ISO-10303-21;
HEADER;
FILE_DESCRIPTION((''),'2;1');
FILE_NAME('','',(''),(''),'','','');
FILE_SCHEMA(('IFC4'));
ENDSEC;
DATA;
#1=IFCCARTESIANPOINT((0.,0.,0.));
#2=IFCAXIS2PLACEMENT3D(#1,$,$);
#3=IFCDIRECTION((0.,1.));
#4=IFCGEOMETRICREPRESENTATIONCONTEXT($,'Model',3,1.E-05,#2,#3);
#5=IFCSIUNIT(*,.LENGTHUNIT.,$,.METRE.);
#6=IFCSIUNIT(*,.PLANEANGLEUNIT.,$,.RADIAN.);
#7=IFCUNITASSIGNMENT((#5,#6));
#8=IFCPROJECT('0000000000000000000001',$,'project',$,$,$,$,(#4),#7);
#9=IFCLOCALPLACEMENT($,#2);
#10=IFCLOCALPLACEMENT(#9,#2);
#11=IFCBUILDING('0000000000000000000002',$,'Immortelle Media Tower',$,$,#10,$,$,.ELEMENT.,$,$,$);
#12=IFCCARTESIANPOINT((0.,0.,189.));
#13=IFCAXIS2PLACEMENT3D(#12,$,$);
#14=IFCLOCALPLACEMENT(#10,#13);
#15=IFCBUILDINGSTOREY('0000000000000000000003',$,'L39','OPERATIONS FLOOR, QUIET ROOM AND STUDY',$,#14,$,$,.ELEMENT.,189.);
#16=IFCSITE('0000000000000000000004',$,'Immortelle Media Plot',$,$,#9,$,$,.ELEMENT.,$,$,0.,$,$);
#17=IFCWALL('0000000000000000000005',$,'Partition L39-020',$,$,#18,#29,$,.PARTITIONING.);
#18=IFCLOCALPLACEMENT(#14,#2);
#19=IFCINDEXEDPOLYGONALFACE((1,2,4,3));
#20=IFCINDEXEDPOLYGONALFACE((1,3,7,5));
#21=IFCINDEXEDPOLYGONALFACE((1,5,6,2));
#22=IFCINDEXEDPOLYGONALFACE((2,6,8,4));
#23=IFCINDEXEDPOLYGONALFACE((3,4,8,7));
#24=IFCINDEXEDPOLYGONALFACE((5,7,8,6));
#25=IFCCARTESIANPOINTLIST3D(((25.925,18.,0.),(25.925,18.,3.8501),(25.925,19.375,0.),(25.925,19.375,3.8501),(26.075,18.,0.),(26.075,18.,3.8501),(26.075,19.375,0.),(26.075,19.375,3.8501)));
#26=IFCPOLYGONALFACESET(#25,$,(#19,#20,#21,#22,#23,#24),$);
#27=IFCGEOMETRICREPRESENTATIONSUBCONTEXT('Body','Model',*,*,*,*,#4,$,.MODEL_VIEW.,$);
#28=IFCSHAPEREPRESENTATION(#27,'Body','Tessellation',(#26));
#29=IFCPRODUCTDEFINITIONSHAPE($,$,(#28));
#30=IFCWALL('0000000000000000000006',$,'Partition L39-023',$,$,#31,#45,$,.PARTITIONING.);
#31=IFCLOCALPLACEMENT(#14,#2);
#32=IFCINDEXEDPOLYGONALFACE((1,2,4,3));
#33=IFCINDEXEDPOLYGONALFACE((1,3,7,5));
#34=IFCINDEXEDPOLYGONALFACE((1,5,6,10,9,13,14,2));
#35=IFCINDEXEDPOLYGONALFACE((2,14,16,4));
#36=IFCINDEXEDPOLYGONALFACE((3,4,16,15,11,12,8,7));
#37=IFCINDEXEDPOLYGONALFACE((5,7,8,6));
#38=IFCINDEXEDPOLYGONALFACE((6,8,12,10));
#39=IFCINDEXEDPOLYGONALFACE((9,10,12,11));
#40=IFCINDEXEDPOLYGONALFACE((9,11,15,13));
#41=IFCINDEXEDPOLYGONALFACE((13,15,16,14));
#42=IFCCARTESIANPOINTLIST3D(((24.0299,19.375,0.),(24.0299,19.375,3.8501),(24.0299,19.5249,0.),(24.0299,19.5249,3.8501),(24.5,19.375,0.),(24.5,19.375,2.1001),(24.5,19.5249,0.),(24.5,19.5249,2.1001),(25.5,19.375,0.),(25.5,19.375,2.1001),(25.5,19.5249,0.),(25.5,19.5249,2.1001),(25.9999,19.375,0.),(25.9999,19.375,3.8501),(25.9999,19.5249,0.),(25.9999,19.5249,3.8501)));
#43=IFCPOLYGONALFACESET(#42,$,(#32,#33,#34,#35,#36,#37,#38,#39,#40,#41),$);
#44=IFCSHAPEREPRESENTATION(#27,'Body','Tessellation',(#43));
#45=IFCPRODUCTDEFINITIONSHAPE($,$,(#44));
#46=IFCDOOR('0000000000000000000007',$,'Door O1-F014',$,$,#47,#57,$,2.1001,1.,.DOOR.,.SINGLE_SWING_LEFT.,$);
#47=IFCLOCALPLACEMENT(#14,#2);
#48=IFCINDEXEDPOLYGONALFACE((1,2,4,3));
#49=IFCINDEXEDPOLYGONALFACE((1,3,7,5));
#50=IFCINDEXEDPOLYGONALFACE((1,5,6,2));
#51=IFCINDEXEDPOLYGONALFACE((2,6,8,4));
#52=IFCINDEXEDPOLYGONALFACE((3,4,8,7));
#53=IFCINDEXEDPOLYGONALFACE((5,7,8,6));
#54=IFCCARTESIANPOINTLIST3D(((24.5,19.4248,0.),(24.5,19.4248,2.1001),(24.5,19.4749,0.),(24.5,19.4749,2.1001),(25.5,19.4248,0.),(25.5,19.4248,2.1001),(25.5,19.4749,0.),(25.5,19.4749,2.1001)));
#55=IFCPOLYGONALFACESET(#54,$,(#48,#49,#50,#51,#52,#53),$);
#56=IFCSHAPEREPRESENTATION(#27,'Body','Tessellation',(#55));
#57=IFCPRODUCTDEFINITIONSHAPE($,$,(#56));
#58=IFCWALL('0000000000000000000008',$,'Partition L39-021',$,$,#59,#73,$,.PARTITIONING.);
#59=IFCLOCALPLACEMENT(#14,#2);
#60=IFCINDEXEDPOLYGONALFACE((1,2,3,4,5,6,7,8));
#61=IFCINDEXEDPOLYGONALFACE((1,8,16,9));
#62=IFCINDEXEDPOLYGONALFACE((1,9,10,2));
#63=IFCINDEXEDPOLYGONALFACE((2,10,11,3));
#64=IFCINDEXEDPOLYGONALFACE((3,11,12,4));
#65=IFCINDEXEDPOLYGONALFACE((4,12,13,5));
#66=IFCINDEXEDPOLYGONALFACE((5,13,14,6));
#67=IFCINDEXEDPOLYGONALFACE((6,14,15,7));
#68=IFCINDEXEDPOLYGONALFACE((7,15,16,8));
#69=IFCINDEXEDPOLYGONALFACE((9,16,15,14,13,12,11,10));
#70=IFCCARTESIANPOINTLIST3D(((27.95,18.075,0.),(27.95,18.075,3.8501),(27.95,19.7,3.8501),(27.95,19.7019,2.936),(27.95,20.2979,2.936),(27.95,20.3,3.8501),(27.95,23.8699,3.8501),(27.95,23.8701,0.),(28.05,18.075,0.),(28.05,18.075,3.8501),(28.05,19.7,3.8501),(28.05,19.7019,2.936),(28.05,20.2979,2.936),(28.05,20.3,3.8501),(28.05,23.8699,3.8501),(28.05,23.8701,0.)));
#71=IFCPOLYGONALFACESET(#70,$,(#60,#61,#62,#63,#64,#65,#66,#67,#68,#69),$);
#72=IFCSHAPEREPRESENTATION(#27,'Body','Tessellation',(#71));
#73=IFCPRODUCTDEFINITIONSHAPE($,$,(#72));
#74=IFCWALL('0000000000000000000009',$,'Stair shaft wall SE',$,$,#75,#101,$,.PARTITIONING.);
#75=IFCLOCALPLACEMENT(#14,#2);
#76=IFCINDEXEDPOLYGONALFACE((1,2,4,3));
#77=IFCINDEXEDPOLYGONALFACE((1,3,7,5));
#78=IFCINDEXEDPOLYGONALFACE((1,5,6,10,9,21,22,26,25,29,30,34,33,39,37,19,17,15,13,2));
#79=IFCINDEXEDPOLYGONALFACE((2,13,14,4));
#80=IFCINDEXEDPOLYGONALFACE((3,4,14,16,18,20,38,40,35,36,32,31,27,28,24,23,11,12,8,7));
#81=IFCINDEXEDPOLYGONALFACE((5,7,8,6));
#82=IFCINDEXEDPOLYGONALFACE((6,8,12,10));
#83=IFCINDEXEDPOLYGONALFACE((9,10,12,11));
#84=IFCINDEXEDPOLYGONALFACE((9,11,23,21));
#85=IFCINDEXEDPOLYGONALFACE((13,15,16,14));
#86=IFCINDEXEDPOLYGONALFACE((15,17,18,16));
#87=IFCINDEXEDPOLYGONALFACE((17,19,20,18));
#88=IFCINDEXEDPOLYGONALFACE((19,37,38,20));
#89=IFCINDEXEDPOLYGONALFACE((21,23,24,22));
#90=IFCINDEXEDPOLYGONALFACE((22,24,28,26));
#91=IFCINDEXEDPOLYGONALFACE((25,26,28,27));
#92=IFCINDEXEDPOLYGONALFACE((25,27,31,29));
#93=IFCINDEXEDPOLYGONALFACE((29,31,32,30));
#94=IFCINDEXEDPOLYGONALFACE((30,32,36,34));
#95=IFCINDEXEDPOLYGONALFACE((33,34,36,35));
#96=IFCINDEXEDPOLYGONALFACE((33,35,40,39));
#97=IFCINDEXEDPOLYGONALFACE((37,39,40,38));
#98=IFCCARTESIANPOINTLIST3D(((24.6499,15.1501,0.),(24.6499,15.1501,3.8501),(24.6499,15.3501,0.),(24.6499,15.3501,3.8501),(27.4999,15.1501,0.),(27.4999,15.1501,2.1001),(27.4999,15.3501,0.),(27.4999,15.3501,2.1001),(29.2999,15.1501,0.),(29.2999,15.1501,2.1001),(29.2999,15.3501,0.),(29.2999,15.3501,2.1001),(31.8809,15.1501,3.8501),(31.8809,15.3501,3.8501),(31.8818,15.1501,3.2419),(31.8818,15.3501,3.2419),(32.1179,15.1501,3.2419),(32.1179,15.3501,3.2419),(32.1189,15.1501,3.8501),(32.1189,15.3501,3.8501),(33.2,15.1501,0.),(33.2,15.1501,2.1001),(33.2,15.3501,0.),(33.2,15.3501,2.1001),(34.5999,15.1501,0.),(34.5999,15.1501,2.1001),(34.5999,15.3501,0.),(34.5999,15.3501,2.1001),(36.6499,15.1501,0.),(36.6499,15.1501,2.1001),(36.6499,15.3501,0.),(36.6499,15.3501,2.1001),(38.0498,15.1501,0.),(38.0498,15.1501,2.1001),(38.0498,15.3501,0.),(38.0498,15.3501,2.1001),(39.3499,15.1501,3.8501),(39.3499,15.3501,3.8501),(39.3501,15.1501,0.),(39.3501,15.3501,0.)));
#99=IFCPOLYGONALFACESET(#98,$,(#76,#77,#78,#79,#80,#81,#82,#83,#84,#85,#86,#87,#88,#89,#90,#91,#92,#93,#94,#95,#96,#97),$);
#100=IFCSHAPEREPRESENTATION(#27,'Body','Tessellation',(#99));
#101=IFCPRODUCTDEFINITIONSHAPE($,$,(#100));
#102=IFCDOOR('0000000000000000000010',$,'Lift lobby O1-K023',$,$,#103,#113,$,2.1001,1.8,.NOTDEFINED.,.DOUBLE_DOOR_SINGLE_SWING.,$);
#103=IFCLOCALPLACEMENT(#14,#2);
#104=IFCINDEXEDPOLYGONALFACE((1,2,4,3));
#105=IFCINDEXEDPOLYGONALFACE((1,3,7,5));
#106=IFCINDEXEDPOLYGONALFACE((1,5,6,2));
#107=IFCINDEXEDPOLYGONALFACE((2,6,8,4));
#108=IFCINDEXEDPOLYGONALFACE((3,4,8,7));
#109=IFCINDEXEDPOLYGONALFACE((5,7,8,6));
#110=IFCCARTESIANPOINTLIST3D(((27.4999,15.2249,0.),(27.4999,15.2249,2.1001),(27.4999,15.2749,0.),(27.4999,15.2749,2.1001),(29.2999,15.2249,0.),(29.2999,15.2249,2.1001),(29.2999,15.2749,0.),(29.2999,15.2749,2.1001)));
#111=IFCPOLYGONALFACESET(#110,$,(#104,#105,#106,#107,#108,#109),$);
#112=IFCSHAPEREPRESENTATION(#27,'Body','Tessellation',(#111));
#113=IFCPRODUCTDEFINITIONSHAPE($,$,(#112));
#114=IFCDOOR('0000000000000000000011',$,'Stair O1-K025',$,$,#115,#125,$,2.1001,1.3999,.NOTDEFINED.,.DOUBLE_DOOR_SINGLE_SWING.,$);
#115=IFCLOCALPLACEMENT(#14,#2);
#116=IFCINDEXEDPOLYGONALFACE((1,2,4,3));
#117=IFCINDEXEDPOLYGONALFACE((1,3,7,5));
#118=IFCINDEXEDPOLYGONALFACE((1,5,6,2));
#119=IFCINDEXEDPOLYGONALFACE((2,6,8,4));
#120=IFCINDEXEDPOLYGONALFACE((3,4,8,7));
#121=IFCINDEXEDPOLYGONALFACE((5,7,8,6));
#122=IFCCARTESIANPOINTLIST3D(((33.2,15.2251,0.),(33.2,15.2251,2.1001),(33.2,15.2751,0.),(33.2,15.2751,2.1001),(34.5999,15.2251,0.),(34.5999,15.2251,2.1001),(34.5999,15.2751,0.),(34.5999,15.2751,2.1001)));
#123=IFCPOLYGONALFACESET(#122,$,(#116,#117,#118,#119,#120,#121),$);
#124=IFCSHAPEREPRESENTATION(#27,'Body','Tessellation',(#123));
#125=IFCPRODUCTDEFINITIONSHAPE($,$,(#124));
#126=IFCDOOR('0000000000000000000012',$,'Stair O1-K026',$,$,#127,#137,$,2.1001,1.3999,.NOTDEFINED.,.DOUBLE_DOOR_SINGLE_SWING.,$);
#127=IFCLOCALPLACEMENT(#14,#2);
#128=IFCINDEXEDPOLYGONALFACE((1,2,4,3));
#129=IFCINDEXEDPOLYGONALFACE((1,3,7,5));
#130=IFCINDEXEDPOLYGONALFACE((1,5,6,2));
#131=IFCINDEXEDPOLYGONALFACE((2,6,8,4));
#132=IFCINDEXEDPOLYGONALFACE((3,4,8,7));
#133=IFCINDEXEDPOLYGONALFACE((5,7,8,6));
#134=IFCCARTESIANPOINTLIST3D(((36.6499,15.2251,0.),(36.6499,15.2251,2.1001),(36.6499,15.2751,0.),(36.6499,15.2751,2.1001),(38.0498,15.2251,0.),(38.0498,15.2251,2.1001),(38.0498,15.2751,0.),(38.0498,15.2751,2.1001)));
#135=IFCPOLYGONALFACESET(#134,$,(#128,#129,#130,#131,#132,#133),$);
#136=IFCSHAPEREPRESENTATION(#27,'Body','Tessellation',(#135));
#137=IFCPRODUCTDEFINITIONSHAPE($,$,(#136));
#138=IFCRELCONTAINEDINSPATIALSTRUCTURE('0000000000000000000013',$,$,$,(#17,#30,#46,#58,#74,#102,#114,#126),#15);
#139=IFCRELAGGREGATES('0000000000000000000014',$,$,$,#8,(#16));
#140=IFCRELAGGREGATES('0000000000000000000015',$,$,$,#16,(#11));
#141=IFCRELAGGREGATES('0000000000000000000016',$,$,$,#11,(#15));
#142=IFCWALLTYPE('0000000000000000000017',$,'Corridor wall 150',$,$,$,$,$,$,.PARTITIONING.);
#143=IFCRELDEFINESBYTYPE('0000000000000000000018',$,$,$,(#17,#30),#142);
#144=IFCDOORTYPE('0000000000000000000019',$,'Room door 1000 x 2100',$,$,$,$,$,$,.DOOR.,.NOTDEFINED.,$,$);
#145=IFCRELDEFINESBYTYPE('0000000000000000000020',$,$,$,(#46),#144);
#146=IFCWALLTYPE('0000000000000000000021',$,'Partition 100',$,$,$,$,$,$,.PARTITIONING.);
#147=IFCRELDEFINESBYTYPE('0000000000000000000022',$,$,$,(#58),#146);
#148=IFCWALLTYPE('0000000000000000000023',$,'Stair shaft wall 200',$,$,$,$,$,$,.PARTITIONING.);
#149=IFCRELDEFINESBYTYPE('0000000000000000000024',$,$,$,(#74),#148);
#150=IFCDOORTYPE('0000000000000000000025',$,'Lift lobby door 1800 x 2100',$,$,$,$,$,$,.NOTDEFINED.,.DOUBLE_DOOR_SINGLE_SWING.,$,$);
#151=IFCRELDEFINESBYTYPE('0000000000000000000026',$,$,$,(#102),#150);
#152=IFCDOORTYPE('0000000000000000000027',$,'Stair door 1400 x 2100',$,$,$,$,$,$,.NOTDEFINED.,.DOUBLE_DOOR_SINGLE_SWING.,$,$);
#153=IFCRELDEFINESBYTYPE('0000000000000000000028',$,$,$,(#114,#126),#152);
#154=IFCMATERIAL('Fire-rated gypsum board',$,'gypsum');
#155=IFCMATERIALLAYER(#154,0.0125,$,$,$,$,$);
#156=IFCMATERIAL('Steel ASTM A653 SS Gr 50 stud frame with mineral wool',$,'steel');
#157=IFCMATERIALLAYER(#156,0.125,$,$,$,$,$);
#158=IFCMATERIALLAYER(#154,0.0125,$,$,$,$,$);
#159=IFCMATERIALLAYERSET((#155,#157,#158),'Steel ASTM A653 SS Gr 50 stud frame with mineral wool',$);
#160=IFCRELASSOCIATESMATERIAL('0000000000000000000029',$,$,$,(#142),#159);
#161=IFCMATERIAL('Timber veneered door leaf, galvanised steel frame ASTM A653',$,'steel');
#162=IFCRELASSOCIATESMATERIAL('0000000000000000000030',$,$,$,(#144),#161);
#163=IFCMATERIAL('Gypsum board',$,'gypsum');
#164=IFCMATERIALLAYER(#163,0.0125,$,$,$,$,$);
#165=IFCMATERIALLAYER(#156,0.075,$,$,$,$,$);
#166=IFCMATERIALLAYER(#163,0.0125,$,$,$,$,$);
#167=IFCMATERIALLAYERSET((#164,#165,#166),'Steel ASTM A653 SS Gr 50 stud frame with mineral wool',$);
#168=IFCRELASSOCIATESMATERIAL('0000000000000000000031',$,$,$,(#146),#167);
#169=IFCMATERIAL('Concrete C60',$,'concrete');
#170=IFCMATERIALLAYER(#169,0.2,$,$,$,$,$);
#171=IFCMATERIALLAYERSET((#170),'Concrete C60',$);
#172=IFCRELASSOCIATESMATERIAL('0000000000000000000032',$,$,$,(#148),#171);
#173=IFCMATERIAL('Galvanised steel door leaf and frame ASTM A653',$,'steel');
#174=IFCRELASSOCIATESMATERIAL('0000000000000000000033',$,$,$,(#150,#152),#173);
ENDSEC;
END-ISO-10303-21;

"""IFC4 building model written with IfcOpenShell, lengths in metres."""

from ifc_helpers import new_model, si_unit, direction, frame, frame_2d, origin, place, context, subcontext, project, spatial, polyline, rectangle, outline, extrude, material, layer, layer_set, type_object, element, fill, save


model = new_model("IFC4")

# Units and contexts
model_context = context("Model", 3, precision=1e-05, world=origin(), true_north=direction((0.0, 1.0)))
body_context = subcontext(model_context, "Body", "Model", "MODEL_VIEW")
ifc_project = project(units=[si_unit("LENGTHUNIT", "METRE"), si_unit("PLANEANGLEUNIT", "RADIAN")], contexts=[model_context])

# Site, building, storey
site_placement = place(None, origin())
site = spatial("IfcSite", under=ifc_project, at=site_placement, Name="Immortelle Media Plot", CompositionType="ELEMENT", RefElevation=0.0)
building_placement = place(site_placement, origin())
building = spatial("IfcBuilding", under=site, at=building_placement, Name="Immortelle Media Tower", CompositionType="ELEMENT")
storey_placement = place(building_placement, frame((0.0, 0.0, 189.0)))
storey = spatial("IfcBuildingStorey", under=building, at=storey_placement, Name="L39", Description="OPERATIONS FLOOR, QUIET ROOM AND STUDY", CompositionType="ELEMENT", Elevation=189.0)

# Shared definitions
ifc_material_1 = material(Name="Fire-rated gypsum board", Category="gypsum")
ifc_material_2 = material(Name="Steel ASTM A653 SS Gr 50 stud frame with mineral wool", Category="steel")

# Shared definitions
ifc_material_3 = material(Name="Galvanised steel door leaf and frame ASTM A653", Category="steel")

# Shared definitions
ifc_layer_1 = layer(ifc_material_1, 0.0125)
ifc_layer_2 = layer(ifc_material_2, 0.125)
ifc_layer_3 = layer(ifc_material_1, 0.0125)
ifc_layer_set_1 = layer_set([ifc_layer_1, ifc_layer_2, ifc_layer_3], Name="Steel ASTM A653 SS Gr 50 stud frame with mineral wool")
wall_type_1 = type_object("IfcWallType", Name="Corridor wall 150", PredefinedType="PARTITIONING", material=ifc_layer_set_1)
ifc_material_4 = material(Name="Timber veneered door leaf, galvanised steel frame ASTM A653", Category="steel")
door_type_1 = type_object("IfcDoorType", Name="Room door 1000 x 2100", OperationType="NOTDEFINED", PredefinedType="DOOR", material=ifc_material_4)

# Wall
wall_1_placement = place(storey_placement, frame((26.0, 18.0, 0.0), z_axis=(0.0, 0.0, 1.0), x_axis=(0.0, 1.0, 0.0)))
element("IfcWall", 1, at=wall_1_placement, inside=storey, type_object=wall_type_1, Name="Partition L39-020", PredefinedType="PARTITIONING", context=body_context, shape_type="SweptSolid", body=[
    extrude(rectangle(XDim=1.375, YDim=0.1499, at=frame_2d((0.6875, 0.0))), origin(), (0.0, 0.0, 1.0), 3.8501),
])

# Wall, opening, door
wall_2_placement = place(storey_placement, frame((24.03, 19.45, 0.0), z_axis=(0.0, 0.0, 1.0), x_axis=(1.0, 0.0, 0.0)))
wall_2 = element("IfcWall", 2, at=wall_2_placement, inside=storey, type_object=wall_type_1, Name="Partition L39-023", PredefinedType="PARTITIONING", context=body_context, shape_type="SweptSolid", body=[
    extrude(rectangle(XDim=1.97, YDim=0.1499, at=frame_2d((0.9849, 0.0))), origin(), (0.0, 0.0, 1.0), 3.8501),
])
opening_1_placement = place(wall_2_placement, frame((0.47, 0.0, 0.0)))
opening_1 = element("IfcOpeningElement", 3, at=opening_1_placement, cuts=wall_2, PredefinedType="OPENING", context=body_context, shape_type="SweptSolid", body=[
    extrude(rectangle(XDim=1.0, YDim=2.1001, at=frame_2d((0.5, 1.05))), frame((0.0, 0.085, 0.0), z_axis=(0.0, -1.0, 0.0), x_axis=(1.0, 0.0, 0.0)), (0.0, 0.0, 1.0), 0.1699),
])
door_1_placement = place(opening_1_placement, origin())
door_1 = element("IfcDoor", 4, at=door_1_placement, inside=storey, type_object=door_type_1, Name="Door O1-F014", OperationType="SINGLE_SWING_LEFT", OverallHeight=2.1001, OverallWidth=1.0, PredefinedType="DOOR", context=body_context, shape_type="SweptSolid", body=[
    extrude(rectangle(XDim=1.0, YDim=2.1001, at=frame_2d((0.5, 1.05))), frame((0.0, 0.0249, 0.0), z_axis=(0.0, -1.0, 0.0), x_axis=(1.0, 0.0, 0.0)), (0.0, 0.0, 1.0), 0.05),
])
fill(opening_1, door_1)

# Wall
ifc_material_5 = material(Name="Gypsum board", Category="gypsum")
ifc_layer_4 = layer(ifc_material_5, 0.0125)
ifc_layer_5 = layer(ifc_material_2, 0.075)
ifc_layer_6 = layer(ifc_material_5, 0.0125)
ifc_layer_set_2 = layer_set([ifc_layer_4, ifc_layer_5, ifc_layer_6], Name="Steel ASTM A653 SS Gr 50 stud frame with mineral wool")
wall_type_2 = type_object("IfcWallType", Name="Partition 100", PredefinedType="PARTITIONING", material=ifc_layer_set_2)
wall_3_placement = place(storey_placement, frame((28.0, 18.075, 0.0), z_axis=(0.0, 0.0, 1.0), x_axis=(0.0, 1.0, 0.0)))
element("IfcWall", 5, at=wall_3_placement, inside=storey, type_object=wall_type_2, Name="Partition L39-021", PredefinedType="PARTITIONING", context=body_context, shape_type="SweptSolid", body=[
    extrude(outline(polyline([(0.0, 0.0), (5.7952, 0.0), (5.7949, 3.8501), (2.2251, 3.8501), (2.2229, 2.936), (1.627, 2.936), (1.625, 3.8501), (0.0, 3.8501), (0.0, 0.0)])), frame((0.0, 0.05, 0.0), z_axis=(0.0, -1.0, 0.0), x_axis=(1.0, 0.0, 0.0)), (0.0, 0.0, 1.0), 0.1001),
])

# Wall, openings, doors
ifc_material_6 = material(Name="Concrete C60", Category="concrete")
ifc_layer_7 = layer(ifc_material_6, 0.2)
ifc_layer_set_3 = layer_set([ifc_layer_7], Name="Concrete C60")
wall_type_3 = type_object("IfcWallType", Name="Stair shaft wall 200", PredefinedType="PARTITIONING", material=ifc_layer_set_3)
wall_4_placement = place(storey_placement, frame((24.6499, 15.25, 0.0), z_axis=(0.0, 0.0, 1.0), x_axis=(1.0, 0.0, 0.0)))
wall_4 = element("IfcWall", 6, at=wall_4_placement, inside=storey, type_object=wall_type_3, Name="Stair shaft wall SE", PredefinedType="PARTITIONING", context=body_context, shape_type="SweptSolid", body=[
    extrude(outline(polyline([(0.0, 0.0), (14.7002, 0.0), (14.7, 3.8501), (7.469, 3.8501), (7.468, 3.2419), (7.2319, 3.2419), (7.231, 3.8501), (0.0, 3.8501), (0.0, 0.0)])), frame((0.0, 0.1001, 0.0), z_axis=(0.0, -1.0, 0.0), x_axis=(1.0, 0.0, 0.0)), (0.0, 0.0, 1.0), 0.2),
])
opening_2_placement = place(wall_4_placement, frame((2.8501, 0.0, 0.0)))
opening_2 = element("IfcOpeningElement", 7, at=opening_2_placement, cuts=wall_4, PredefinedType="OPENING", context=body_context, shape_type="SweptSolid", body=[
    extrude(rectangle(XDim=1.8, YDim=2.1001, at=frame_2d((0.8999, 1.05))), frame((0.0, 0.1099, 0.0), z_axis=(0.0, -1.0, 0.0), x_axis=(1.0, 0.0, 0.0)), (0.0, 0.0, 1.0), 0.22),
])
opening_3_placement = place(wall_4_placement, frame((9.95, 0.0, 0.0), z_axis=(0.0, 0.0, 1.0), x_axis=(-1.0, 0.0, 0.0)))
opening_3 = element("IfcOpeningElement", 8, at=opening_3_placement, cuts=wall_4, PredefinedType="OPENING", context=body_context, shape_type="SweptSolid", body=[
    extrude(rectangle(XDim=1.3999, YDim=2.1001, at=frame_2d((0.7, 1.05))), frame((0.0, 0.1099, 0.0), z_axis=(0.0, -1.0, 0.0), x_axis=(1.0, 0.0, 0.0)), (0.0, 0.0, 1.0), 0.22),
])
opening_4_placement = place(wall_4_placement, frame((13.3999, 0.0, 0.0), z_axis=(0.0, 0.0, 1.0), x_axis=(-1.0, 0.0, 0.0)))
opening_4 = element("IfcOpeningElement", 9, at=opening_4_placement, cuts=wall_4, PredefinedType="OPENING", context=body_context, shape_type="SweptSolid", body=[
    extrude(rectangle(XDim=1.3999, YDim=2.1001, at=frame_2d((0.7, 1.05))), frame((0.0, 0.1099, 0.0), z_axis=(0.0, -1.0, 0.0), x_axis=(1.0, 0.0, 0.0)), (0.0, 0.0, 1.0), 0.22),
])
door_type_2 = type_object("IfcDoorType", Name="Lift lobby door 1800 x 2100", OperationType="DOUBLE_DOOR_SINGLE_SWING", PredefinedType="NOTDEFINED", material=ifc_material_3)
door_2_placement = place(opening_2_placement, origin())
door_2 = element("IfcDoor", 10, at=door_2_placement, inside=storey, type_object=door_type_2, Name="Lift lobby O1-K023", OperationType="DOUBLE_DOOR_SINGLE_SWING", OverallHeight=2.1001, OverallWidth=1.8, PredefinedType="NOTDEFINED", context=body_context, shape_type="SweptSolid", body=[
    extrude(rectangle(XDim=1.8, YDim=2.1001, at=frame_2d((0.8999, 1.05))), frame((0.0, 0.0249, 0.0), z_axis=(0.0, -1.0, 0.0), x_axis=(1.0, 0.0, 0.0)), (0.0, 0.0, 1.0), 0.05),
])
fill(opening_2, door_2)
door_type_3 = type_object("IfcDoorType", Name="Stair door 1400 x 2100", OperationType="DOUBLE_DOOR_SINGLE_SWING", PredefinedType="NOTDEFINED", material=ifc_material_3)
door_3_placement = place(opening_3_placement, origin())
door_3 = element("IfcDoor", 11, at=door_3_placement, inside=storey, type_object=door_type_3, Name="Stair O1-K025", OperationType="DOUBLE_DOOR_SINGLE_SWING", OverallHeight=2.1001, OverallWidth=1.3999, PredefinedType="NOTDEFINED", context=body_context, shape_type="SweptSolid", body=[
    extrude(rectangle(XDim=1.3999, YDim=2.1001, at=frame_2d((0.7, 1.05))), frame((0.0, 0.0249, 0.0), z_axis=(0.0, -1.0, 0.0), x_axis=(1.0, 0.0, 0.0)), (0.0, 0.0, 1.0), 0.05),
])
fill(opening_3, door_3)
door_4_placement = place(opening_4_placement, origin())
door_4 = element("IfcDoor", 12, at=door_4_placement, inside=storey, type_object=door_type_3, Name="Stair O1-K026", OperationType="DOUBLE_DOOR_SINGLE_SWING", OverallHeight=2.1001, OverallWidth=1.3999, PredefinedType="NOTDEFINED", context=body_context, shape_type="SweptSolid", body=[
    extrude(rectangle(XDim=1.3999, YDim=2.1001, at=frame_2d((0.7, 1.05))), frame((0.0, 0.0249, 0.0), z_axis=(0.0, -1.0, 0.0), x_axis=(1.0, 0.0, 0.0)), (0.0, 0.0, 1.0), 0.05),
])
fill(opening_4, door_4)

save(model, "model.ifc")
